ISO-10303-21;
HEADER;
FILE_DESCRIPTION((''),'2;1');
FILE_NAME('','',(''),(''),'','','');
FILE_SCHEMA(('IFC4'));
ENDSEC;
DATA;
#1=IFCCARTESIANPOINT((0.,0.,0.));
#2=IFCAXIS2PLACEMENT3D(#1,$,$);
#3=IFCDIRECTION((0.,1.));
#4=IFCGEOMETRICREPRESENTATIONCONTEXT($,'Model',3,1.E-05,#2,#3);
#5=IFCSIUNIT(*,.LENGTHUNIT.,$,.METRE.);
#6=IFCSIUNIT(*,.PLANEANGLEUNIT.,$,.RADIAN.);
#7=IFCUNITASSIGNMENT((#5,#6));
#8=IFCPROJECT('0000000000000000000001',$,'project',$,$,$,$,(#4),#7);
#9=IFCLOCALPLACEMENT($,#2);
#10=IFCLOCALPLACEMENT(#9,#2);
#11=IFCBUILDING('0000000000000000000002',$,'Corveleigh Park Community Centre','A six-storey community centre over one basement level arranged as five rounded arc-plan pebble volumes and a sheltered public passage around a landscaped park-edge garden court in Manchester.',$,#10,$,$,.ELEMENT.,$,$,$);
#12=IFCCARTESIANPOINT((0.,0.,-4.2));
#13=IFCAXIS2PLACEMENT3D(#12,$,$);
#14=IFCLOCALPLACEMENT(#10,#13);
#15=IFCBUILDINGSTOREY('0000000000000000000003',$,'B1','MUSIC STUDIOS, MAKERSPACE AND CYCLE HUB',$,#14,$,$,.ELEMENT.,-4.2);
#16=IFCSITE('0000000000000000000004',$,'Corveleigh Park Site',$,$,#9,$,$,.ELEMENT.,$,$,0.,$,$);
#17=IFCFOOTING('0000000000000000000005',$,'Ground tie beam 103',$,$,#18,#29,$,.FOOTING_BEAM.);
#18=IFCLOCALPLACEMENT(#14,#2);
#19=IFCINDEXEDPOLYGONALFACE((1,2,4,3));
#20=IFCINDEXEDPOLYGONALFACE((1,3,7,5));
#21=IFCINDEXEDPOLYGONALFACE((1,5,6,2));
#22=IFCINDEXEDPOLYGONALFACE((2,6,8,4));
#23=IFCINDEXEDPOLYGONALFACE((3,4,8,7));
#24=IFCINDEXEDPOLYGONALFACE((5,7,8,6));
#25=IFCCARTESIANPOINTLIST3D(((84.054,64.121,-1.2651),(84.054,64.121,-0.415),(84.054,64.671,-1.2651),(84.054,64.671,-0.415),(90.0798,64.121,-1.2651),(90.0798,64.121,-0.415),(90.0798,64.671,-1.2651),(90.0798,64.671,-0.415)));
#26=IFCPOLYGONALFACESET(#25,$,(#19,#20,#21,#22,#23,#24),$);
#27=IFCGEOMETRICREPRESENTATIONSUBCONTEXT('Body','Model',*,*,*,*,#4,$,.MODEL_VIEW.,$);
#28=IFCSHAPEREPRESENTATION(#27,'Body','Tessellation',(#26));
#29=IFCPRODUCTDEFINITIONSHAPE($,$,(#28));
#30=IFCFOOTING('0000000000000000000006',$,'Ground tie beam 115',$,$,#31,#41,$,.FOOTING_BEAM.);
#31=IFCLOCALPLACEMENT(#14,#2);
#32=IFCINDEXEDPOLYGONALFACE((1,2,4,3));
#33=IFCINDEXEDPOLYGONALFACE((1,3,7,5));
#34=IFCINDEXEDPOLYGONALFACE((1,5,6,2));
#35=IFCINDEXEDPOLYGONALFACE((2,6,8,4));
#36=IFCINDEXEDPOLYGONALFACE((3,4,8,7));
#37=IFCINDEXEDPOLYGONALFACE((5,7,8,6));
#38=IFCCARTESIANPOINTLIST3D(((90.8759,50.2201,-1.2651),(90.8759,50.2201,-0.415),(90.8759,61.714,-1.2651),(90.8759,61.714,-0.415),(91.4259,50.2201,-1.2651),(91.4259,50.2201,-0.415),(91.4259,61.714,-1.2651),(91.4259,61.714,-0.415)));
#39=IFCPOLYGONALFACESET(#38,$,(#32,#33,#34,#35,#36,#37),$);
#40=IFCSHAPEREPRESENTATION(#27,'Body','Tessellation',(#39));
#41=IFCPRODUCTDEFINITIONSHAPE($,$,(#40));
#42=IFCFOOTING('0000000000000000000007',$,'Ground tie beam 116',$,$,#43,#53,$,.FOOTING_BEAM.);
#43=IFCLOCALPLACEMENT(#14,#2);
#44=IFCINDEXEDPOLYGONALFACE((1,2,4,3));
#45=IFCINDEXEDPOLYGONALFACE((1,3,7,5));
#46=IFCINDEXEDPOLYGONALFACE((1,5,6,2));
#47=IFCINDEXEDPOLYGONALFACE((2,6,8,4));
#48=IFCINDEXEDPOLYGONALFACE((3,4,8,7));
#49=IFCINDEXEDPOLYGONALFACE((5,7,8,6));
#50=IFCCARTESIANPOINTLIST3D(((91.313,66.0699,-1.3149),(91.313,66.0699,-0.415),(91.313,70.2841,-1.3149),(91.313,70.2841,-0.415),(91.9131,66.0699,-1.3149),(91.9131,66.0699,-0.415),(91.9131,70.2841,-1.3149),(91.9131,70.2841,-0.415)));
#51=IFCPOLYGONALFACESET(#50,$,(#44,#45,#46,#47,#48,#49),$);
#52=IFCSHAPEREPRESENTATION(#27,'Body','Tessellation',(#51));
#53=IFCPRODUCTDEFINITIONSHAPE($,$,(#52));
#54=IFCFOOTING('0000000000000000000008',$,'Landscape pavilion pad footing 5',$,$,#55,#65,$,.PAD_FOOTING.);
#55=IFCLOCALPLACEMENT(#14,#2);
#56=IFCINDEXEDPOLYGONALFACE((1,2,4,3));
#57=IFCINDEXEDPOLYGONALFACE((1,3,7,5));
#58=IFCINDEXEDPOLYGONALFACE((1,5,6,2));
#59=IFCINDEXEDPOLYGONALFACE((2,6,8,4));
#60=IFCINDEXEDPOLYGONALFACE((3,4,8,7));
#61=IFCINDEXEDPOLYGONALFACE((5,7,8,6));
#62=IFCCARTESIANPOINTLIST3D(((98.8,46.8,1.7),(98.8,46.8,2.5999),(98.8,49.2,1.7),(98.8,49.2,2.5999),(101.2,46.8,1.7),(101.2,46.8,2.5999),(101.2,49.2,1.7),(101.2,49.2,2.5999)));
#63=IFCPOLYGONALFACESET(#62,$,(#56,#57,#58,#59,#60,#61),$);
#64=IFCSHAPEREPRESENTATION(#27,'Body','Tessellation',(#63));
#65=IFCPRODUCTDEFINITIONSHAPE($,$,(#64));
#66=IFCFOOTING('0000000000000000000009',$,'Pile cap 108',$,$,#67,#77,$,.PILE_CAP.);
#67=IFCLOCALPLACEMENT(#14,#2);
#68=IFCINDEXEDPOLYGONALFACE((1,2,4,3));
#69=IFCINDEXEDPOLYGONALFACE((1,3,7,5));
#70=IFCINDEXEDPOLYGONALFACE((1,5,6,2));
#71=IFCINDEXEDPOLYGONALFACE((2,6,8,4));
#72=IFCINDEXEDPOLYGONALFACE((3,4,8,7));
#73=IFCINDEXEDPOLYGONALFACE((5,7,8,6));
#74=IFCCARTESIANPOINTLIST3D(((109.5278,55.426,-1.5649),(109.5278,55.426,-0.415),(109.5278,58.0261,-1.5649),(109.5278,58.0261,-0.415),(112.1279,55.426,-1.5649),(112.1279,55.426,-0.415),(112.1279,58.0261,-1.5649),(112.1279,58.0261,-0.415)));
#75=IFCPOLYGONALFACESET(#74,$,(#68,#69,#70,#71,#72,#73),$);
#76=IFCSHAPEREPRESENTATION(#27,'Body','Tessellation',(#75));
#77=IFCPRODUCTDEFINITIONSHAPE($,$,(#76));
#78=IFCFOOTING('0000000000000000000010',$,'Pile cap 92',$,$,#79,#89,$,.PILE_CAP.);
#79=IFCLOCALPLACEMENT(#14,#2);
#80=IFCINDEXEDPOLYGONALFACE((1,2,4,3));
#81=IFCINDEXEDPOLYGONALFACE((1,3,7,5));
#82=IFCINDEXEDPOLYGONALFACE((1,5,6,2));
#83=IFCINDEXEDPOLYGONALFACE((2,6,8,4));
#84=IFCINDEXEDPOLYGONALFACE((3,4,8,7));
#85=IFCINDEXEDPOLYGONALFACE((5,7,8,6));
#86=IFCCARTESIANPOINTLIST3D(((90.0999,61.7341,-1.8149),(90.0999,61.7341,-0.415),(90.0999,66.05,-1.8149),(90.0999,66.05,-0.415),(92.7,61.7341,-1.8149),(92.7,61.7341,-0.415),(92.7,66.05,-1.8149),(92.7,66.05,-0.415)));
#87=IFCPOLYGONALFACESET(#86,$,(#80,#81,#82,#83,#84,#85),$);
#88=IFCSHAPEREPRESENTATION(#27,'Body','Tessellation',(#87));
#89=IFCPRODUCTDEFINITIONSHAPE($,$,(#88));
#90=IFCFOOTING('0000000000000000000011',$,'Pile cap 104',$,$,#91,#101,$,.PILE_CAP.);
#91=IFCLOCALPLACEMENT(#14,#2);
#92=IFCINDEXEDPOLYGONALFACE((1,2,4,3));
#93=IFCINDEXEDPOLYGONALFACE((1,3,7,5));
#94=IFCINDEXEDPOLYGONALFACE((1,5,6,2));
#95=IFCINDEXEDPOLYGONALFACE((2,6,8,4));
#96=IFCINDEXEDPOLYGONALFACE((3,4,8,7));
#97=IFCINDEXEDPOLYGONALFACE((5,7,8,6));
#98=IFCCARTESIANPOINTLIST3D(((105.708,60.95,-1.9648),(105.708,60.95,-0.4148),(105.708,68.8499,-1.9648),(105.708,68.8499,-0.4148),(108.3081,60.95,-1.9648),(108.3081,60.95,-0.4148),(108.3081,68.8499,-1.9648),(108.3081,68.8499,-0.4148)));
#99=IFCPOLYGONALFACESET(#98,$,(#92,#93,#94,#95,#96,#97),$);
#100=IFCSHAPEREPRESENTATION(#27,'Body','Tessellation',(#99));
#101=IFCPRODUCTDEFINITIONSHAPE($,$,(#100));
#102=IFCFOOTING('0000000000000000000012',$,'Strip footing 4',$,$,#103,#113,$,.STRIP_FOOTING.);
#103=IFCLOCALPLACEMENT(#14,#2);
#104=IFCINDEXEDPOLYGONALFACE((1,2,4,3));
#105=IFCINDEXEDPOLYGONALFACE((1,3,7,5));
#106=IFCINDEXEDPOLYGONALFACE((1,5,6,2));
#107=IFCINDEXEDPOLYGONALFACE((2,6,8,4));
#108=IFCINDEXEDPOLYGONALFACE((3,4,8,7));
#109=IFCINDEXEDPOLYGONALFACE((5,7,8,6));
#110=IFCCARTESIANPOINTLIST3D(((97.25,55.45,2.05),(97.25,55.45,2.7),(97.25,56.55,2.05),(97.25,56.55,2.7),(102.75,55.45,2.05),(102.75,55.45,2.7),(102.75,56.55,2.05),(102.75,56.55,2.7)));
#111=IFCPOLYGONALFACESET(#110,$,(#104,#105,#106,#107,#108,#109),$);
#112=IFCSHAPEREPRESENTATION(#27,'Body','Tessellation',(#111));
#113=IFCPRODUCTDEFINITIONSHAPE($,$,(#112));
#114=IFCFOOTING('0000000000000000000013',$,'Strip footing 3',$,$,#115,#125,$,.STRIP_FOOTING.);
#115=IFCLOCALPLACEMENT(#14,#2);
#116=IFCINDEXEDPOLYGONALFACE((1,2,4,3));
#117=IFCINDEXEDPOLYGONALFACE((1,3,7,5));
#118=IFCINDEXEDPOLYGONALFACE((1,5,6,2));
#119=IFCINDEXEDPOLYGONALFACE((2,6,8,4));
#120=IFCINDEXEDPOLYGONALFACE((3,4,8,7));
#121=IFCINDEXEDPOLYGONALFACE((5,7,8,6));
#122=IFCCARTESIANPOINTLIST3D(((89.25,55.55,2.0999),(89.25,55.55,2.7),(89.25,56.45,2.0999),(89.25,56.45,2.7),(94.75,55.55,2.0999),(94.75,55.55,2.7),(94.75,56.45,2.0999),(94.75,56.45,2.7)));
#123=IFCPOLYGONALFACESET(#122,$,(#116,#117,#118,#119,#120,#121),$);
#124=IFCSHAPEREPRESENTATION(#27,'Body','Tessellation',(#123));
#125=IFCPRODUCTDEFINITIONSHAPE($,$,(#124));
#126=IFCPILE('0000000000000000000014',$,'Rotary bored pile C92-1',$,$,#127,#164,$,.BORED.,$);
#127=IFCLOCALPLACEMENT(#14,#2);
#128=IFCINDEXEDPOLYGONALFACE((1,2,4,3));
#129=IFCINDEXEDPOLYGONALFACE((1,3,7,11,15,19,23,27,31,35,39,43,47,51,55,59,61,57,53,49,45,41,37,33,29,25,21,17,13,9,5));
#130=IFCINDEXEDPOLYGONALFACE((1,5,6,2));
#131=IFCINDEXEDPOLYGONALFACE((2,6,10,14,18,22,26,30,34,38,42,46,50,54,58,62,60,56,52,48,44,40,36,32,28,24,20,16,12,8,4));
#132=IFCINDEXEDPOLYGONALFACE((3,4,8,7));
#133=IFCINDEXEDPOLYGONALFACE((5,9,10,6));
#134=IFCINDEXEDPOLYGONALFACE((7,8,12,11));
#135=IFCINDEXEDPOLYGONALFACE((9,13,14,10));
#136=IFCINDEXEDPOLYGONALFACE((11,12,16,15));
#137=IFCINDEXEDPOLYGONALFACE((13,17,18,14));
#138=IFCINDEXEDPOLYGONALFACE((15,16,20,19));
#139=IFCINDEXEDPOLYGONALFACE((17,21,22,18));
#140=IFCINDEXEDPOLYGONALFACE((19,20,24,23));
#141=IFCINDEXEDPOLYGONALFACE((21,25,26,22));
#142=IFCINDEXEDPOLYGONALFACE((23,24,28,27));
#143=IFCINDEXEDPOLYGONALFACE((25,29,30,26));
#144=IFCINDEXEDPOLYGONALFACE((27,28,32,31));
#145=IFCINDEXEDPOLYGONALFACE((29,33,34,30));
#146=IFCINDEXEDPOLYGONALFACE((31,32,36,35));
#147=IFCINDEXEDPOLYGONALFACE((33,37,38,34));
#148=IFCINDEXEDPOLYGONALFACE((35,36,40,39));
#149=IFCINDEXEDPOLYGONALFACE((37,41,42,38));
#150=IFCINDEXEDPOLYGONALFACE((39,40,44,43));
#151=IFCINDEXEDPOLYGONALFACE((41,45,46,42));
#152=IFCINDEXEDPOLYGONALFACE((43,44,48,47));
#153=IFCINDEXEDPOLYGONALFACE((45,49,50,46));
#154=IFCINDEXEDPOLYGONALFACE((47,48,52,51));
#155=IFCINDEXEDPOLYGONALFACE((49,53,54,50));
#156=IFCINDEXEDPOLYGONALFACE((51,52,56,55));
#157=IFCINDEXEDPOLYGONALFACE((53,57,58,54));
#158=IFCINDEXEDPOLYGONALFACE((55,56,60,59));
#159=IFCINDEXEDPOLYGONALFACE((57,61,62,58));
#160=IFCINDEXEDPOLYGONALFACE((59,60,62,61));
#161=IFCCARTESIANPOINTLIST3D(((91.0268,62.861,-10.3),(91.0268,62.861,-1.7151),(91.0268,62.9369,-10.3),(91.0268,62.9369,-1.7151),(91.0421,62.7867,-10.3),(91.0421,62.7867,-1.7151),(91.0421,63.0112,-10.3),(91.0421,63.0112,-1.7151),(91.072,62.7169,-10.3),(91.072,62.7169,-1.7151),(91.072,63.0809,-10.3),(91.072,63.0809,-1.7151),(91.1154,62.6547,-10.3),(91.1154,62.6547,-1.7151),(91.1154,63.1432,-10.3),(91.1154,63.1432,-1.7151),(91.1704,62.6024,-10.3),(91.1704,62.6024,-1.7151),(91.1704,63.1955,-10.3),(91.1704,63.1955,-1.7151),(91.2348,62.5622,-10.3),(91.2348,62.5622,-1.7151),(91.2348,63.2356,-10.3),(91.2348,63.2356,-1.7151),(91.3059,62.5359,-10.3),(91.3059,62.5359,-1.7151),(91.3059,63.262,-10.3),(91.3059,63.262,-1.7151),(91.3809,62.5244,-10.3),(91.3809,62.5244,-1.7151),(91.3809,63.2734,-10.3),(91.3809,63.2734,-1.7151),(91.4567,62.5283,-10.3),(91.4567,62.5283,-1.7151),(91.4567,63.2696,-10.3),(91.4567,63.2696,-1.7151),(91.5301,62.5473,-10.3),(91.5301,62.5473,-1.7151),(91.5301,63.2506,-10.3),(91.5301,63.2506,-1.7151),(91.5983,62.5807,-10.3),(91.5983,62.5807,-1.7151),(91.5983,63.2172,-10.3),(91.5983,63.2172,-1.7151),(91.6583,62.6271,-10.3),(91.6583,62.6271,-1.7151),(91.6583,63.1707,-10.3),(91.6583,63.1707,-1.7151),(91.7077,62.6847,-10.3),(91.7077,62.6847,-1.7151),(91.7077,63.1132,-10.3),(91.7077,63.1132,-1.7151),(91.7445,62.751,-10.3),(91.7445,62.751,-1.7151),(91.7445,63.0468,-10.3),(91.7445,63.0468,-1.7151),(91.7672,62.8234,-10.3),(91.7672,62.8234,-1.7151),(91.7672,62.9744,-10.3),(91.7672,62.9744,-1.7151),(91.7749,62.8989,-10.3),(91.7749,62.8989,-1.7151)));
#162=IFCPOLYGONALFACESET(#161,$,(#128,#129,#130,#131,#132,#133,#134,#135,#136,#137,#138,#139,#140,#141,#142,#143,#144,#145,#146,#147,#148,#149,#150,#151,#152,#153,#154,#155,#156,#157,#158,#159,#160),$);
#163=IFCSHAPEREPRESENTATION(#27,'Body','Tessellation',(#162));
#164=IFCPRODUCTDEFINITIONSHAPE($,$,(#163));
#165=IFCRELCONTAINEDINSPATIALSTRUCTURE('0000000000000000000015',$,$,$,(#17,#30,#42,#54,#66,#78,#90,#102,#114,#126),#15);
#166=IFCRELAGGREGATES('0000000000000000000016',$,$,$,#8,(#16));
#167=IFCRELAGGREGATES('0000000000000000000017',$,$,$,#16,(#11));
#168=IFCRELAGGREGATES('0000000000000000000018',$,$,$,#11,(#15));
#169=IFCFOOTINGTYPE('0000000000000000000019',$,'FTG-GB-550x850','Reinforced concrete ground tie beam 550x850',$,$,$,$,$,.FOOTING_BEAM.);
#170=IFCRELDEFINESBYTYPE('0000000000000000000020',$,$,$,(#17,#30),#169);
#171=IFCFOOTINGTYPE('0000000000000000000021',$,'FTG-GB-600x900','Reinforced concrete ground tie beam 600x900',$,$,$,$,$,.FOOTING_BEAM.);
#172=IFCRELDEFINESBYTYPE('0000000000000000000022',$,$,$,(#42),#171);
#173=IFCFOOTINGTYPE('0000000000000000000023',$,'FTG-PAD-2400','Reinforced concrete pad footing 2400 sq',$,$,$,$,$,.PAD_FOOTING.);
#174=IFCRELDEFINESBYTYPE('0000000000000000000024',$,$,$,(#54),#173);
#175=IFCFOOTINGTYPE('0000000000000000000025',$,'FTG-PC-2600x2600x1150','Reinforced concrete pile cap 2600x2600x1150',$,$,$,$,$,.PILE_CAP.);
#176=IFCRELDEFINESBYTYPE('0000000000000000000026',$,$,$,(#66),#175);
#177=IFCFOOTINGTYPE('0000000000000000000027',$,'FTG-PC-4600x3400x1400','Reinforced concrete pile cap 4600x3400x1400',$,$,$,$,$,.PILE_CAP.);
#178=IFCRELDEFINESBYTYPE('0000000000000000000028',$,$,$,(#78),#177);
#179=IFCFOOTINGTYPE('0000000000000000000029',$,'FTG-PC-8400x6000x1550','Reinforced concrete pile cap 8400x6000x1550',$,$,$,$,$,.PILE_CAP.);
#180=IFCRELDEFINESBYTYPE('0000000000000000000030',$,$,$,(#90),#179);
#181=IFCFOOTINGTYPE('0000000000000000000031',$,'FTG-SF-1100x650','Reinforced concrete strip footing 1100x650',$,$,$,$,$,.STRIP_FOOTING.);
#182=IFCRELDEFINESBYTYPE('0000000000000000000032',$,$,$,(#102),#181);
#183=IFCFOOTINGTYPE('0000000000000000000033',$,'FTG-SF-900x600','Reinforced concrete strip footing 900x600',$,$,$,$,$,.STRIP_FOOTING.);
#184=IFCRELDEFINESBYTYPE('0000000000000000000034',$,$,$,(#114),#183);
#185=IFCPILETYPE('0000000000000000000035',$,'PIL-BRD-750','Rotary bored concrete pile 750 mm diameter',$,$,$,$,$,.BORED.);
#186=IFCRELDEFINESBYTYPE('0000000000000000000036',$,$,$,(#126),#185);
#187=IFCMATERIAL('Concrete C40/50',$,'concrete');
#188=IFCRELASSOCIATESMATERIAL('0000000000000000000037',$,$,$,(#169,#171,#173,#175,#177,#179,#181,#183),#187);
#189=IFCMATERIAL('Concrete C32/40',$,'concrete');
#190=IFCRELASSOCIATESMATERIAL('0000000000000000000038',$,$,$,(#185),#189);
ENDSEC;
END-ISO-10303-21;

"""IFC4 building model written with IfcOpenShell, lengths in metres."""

from ifc_helpers import new_model, si_unit, direction, frame, origin, origin_2d, place, context, subcontext, project, spatial, rectangle, circle, extrude, material, material_profile, profile_set, type_object, element, save


model = new_model("IFC4")

# Units and contexts
model_context = context("Model", 3, precision=1e-05, world=origin(), true_north=direction((0.0, 1.0)))
body_context = subcontext(model_context, "Body", "Model", "MODEL_VIEW")
ifc_project = project(units=[si_unit("LENGTHUNIT", "METRE"), si_unit("PLANEANGLEUNIT", "RADIAN")], contexts=[model_context])

# Site, building, storey
site_placement = place(None, origin())
site = spatial("IfcSite", under=ifc_project, at=site_placement, Name="Corveleigh Park Site", CompositionType="ELEMENT", RefElevation=0.0)
building_placement = place(site_placement, origin())
building = spatial("IfcBuilding", under=site, at=building_placement, Name="Corveleigh Park Community Centre", Description="A six-storey community centre over one basement level arranged as five rounded arc-plan pebble volumes and a sheltered public passage around a landscaped park-edge garden court in Manchester.", CompositionType="ELEMENT")
storey_placement = place(building_placement, frame((0.0, 0.0, -4.2)))
storey = spatial("IfcBuildingStorey", under=building, at=storey_placement, Name="B1", Description="MUSIC STUDIOS, MAKERSPACE AND CYCLE HUB", CompositionType="ELEMENT", Elevation=-4.2)

# Footings
ifc_material_1 = material(Name="Concrete C40/50", Category="concrete")
footing_type_1 = type_object("IfcFootingType", Name="FTG-GB-550x850", Description="Reinforced concrete ground tie beam 550x850", PredefinedType="FOOTING_BEAM", material=ifc_material_1)
footing_1_placement = place(storey_placement, frame((87.0669, 64.396, -1.2651), z_axis=(0.0, 0.0, 1.0), x_axis=(1.0, 0.0, 0.0)))
element("IfcFooting", 1, at=footing_1_placement, inside=storey, type_object=footing_type_1, Name="Ground tie beam 103", PredefinedType="FOOTING_BEAM", context=body_context, shape_type="SweptSolid", body=[
    extrude(rectangle(XDim=6.0259, YDim=0.55, at=origin_2d()), origin(), (0.0, 0.0, 1.0), 0.8501),
])
footing_2_placement = place(storey_placement, frame((91.1509, 55.967, -1.2651), z_axis=(0.0, 0.0, 1.0), x_axis=(1.0, 0.0, 0.0)))
element("IfcFooting", 2, at=footing_2_placement, inside=storey, type_object=footing_type_1, Name="Ground tie beam 115", PredefinedType="FOOTING_BEAM", context=body_context, shape_type="SweptSolid", body=[
    extrude(rectangle(XDim=0.55, YDim=11.4939, at=origin_2d()), origin(), (0.0, 0.0, 1.0), 0.8501),
])
footing_type_2 = type_object("IfcFootingType", Name="FTG-GB-600x900", Description="Reinforced concrete ground tie beam 600x900", PredefinedType="FOOTING_BEAM", material=ifc_material_1)
footing_3_placement = place(storey_placement, frame((91.613, 68.177, -1.3149), z_axis=(0.0, 0.0, 1.0), x_axis=(1.0, 0.0, 0.0)))
element("IfcFooting", 3, at=footing_3_placement, inside=storey, type_object=footing_type_2, Name="Ground tie beam 116", PredefinedType="FOOTING_BEAM", context=body_context, shape_type="SweptSolid", body=[
    extrude(rectangle(XDim=0.6001, YDim=4.2141, at=origin_2d()), origin(), (0.0, 0.0, 1.0), 0.8999),
])
footing_type_3 = type_object("IfcFootingType", Name="FTG-PAD-2400", Description="Reinforced concrete pad footing 2400 sq", PredefinedType="PAD_FOOTING", material=ifc_material_1)
footing_4_placement = place(storey_placement, frame((100.0, 48.0, 1.7), z_axis=(0.0, 0.0, 1.0), x_axis=(1.0, 0.0, 0.0)))
element("IfcFooting", 4, at=footing_4_placement, inside=storey, type_object=footing_type_3, Name="Landscape pavilion pad footing 5", PredefinedType="PAD_FOOTING", context=body_context, shape_type="SweptSolid", body=[
    extrude(rectangle(XDim=2.3999, YDim=2.3999, at=origin_2d()), origin(), (0.0, 0.0, 1.0), 0.8999),
])
footing_type_4 = type_object("IfcFootingType", Name="FTG-PC-2600x2600x1150", Description="Reinforced concrete pile cap 2600x2600x1150", PredefinedType="PILE_CAP", material=ifc_material_1)
footing_5_placement = place(storey_placement, frame((110.8279, 56.7261, -1.5649), z_axis=(0.0, 0.0, 1.0), x_axis=(1.0, 0.0, 0.0)))
element("IfcFooting", 5, at=footing_5_placement, inside=storey, type_object=footing_type_4, Name="Pile cap 108", PredefinedType="PILE_CAP", context=body_context, shape_type="SweptSolid", body=[
    extrude(rectangle(XDim=2.6001, YDim=2.6001, at=origin_2d()), origin(), (0.0, 0.0, 1.0), 1.1499),
])
footing_type_5 = type_object("IfcFootingType", Name="FTG-PC-4600x3400x1400", Description="Reinforced concrete pile cap 4600x3400x1400", PredefinedType="PILE_CAP", material=ifc_material_1)
footing_6_placement = place(storey_placement, frame((91.3999, 63.8921, -1.8149), z_axis=(0.0, 0.0, 1.0), x_axis=(1.0, 0.0, 0.0)))
element("IfcFooting", 6, at=footing_6_placement, inside=storey, type_object=footing_type_5, Name="Pile cap 92", PredefinedType="PILE_CAP", context=body_context, shape_type="SweptSolid", body=[
    extrude(rectangle(XDim=2.6001, YDim=4.3159, at=origin_2d()), origin(), (0.0, 0.0, 1.0), 1.3999),
])
footing_type_6 = type_object("IfcFootingType", Name="FTG-PC-8400x6000x1550", Description="Reinforced concrete pile cap 8400x6000x1550", PredefinedType="PILE_CAP", material=ifc_material_1)
footing_7_placement = place(storey_placement, frame((107.0081, 64.8999, -1.9648), z_axis=(0.0, 0.0, 1.0), x_axis=(1.0, 0.0, 0.0)))
element("IfcFooting", 7, at=footing_7_placement, inside=storey, type_object=footing_type_6, Name="Pile cap 104", PredefinedType="PILE_CAP", context=body_context, shape_type="SweptSolid", body=[
    extrude(rectangle(XDim=2.6001, YDim=7.8999, at=origin_2d()), origin(), (0.0, 0.0, 1.0), 1.55),
])
footing_type_7 = type_object("IfcFootingType", Name="FTG-SF-1100x650", Description="Reinforced concrete strip footing 1100x650", PredefinedType="STRIP_FOOTING", material=ifc_material_1)
footing_8_placement = place(storey_placement, frame((100.0, 56.0, 2.05), z_axis=(0.0, 0.0, 1.0), x_axis=(1.0, 0.0, 0.0)))
element("IfcFooting", 8, at=footing_8_placement, inside=storey, type_object=footing_type_7, Name="Strip footing 4", PredefinedType="STRIP_FOOTING", context=body_context, shape_type="SweptSolid", body=[
    extrude(rectangle(XDim=5.5, YDim=1.1001, at=origin_2d()), origin(), (0.0, 0.0, 1.0), 0.6499),
])
footing_type_8 = type_object("IfcFootingType", Name="FTG-SF-900x600", Description="Reinforced concrete strip footing 900x600", PredefinedType="STRIP_FOOTING", material=ifc_material_1)
footing_9_placement = place(storey_placement, frame((92.0, 56.0, 2.0999), z_axis=(0.0, 0.0, 1.0), x_axis=(1.0, 0.0, 0.0)))
element("IfcFooting", 9, at=footing_9_placement, inside=storey, type_object=footing_type_8, Name="Strip footing 3", PredefinedType="STRIP_FOOTING", context=body_context, shape_type="SweptSolid", body=[
    extrude(rectangle(XDim=5.5, YDim=0.8999, at=origin_2d()), origin(), (0.0, 0.0, 1.0), 0.6001),
])

# Pile
ifc_material_2 = material(Name="Concrete C32/40", Category="concrete")
ifc_material_profile_1 = material_profile(ifc_material_2, circle(Radius=0.375, at=origin_2d()), Name="BORED-PILE-750", Category="concrete")
ifc_profile_set_1 = profile_set([ifc_material_profile_1], Name="Concrete C32/40")
pile_type_1 = type_object("IfcPileType", Name="PIL-BRD-750", Description="Rotary bored concrete pile 750 mm diameter", PredefinedType="BORED", material=ifc_profile_set_1)
for number, where, z_axis, x_axis, name in (
    (10, (91.3999, 62.8989, -1.7151), (0.0, 0.0, -1.0), (1.0, 0.0, 0.0), "Rotary bored pile C92-1"),
):
    element("IfcPile", number, at=place(storey_placement, frame(where, z_axis=z_axis, x_axis=x_axis)), inside=storey, type_object=pile_type_1, Name=name, PredefinedType="BORED", context=body_context, shape_type="SweptSolid", body=[
        extrude(circle(Radius=0.375, at=origin_2d()), origin(), (0.0, 0.0, 1.0), 8.585),
    ])

save(model, "model.ifc")
